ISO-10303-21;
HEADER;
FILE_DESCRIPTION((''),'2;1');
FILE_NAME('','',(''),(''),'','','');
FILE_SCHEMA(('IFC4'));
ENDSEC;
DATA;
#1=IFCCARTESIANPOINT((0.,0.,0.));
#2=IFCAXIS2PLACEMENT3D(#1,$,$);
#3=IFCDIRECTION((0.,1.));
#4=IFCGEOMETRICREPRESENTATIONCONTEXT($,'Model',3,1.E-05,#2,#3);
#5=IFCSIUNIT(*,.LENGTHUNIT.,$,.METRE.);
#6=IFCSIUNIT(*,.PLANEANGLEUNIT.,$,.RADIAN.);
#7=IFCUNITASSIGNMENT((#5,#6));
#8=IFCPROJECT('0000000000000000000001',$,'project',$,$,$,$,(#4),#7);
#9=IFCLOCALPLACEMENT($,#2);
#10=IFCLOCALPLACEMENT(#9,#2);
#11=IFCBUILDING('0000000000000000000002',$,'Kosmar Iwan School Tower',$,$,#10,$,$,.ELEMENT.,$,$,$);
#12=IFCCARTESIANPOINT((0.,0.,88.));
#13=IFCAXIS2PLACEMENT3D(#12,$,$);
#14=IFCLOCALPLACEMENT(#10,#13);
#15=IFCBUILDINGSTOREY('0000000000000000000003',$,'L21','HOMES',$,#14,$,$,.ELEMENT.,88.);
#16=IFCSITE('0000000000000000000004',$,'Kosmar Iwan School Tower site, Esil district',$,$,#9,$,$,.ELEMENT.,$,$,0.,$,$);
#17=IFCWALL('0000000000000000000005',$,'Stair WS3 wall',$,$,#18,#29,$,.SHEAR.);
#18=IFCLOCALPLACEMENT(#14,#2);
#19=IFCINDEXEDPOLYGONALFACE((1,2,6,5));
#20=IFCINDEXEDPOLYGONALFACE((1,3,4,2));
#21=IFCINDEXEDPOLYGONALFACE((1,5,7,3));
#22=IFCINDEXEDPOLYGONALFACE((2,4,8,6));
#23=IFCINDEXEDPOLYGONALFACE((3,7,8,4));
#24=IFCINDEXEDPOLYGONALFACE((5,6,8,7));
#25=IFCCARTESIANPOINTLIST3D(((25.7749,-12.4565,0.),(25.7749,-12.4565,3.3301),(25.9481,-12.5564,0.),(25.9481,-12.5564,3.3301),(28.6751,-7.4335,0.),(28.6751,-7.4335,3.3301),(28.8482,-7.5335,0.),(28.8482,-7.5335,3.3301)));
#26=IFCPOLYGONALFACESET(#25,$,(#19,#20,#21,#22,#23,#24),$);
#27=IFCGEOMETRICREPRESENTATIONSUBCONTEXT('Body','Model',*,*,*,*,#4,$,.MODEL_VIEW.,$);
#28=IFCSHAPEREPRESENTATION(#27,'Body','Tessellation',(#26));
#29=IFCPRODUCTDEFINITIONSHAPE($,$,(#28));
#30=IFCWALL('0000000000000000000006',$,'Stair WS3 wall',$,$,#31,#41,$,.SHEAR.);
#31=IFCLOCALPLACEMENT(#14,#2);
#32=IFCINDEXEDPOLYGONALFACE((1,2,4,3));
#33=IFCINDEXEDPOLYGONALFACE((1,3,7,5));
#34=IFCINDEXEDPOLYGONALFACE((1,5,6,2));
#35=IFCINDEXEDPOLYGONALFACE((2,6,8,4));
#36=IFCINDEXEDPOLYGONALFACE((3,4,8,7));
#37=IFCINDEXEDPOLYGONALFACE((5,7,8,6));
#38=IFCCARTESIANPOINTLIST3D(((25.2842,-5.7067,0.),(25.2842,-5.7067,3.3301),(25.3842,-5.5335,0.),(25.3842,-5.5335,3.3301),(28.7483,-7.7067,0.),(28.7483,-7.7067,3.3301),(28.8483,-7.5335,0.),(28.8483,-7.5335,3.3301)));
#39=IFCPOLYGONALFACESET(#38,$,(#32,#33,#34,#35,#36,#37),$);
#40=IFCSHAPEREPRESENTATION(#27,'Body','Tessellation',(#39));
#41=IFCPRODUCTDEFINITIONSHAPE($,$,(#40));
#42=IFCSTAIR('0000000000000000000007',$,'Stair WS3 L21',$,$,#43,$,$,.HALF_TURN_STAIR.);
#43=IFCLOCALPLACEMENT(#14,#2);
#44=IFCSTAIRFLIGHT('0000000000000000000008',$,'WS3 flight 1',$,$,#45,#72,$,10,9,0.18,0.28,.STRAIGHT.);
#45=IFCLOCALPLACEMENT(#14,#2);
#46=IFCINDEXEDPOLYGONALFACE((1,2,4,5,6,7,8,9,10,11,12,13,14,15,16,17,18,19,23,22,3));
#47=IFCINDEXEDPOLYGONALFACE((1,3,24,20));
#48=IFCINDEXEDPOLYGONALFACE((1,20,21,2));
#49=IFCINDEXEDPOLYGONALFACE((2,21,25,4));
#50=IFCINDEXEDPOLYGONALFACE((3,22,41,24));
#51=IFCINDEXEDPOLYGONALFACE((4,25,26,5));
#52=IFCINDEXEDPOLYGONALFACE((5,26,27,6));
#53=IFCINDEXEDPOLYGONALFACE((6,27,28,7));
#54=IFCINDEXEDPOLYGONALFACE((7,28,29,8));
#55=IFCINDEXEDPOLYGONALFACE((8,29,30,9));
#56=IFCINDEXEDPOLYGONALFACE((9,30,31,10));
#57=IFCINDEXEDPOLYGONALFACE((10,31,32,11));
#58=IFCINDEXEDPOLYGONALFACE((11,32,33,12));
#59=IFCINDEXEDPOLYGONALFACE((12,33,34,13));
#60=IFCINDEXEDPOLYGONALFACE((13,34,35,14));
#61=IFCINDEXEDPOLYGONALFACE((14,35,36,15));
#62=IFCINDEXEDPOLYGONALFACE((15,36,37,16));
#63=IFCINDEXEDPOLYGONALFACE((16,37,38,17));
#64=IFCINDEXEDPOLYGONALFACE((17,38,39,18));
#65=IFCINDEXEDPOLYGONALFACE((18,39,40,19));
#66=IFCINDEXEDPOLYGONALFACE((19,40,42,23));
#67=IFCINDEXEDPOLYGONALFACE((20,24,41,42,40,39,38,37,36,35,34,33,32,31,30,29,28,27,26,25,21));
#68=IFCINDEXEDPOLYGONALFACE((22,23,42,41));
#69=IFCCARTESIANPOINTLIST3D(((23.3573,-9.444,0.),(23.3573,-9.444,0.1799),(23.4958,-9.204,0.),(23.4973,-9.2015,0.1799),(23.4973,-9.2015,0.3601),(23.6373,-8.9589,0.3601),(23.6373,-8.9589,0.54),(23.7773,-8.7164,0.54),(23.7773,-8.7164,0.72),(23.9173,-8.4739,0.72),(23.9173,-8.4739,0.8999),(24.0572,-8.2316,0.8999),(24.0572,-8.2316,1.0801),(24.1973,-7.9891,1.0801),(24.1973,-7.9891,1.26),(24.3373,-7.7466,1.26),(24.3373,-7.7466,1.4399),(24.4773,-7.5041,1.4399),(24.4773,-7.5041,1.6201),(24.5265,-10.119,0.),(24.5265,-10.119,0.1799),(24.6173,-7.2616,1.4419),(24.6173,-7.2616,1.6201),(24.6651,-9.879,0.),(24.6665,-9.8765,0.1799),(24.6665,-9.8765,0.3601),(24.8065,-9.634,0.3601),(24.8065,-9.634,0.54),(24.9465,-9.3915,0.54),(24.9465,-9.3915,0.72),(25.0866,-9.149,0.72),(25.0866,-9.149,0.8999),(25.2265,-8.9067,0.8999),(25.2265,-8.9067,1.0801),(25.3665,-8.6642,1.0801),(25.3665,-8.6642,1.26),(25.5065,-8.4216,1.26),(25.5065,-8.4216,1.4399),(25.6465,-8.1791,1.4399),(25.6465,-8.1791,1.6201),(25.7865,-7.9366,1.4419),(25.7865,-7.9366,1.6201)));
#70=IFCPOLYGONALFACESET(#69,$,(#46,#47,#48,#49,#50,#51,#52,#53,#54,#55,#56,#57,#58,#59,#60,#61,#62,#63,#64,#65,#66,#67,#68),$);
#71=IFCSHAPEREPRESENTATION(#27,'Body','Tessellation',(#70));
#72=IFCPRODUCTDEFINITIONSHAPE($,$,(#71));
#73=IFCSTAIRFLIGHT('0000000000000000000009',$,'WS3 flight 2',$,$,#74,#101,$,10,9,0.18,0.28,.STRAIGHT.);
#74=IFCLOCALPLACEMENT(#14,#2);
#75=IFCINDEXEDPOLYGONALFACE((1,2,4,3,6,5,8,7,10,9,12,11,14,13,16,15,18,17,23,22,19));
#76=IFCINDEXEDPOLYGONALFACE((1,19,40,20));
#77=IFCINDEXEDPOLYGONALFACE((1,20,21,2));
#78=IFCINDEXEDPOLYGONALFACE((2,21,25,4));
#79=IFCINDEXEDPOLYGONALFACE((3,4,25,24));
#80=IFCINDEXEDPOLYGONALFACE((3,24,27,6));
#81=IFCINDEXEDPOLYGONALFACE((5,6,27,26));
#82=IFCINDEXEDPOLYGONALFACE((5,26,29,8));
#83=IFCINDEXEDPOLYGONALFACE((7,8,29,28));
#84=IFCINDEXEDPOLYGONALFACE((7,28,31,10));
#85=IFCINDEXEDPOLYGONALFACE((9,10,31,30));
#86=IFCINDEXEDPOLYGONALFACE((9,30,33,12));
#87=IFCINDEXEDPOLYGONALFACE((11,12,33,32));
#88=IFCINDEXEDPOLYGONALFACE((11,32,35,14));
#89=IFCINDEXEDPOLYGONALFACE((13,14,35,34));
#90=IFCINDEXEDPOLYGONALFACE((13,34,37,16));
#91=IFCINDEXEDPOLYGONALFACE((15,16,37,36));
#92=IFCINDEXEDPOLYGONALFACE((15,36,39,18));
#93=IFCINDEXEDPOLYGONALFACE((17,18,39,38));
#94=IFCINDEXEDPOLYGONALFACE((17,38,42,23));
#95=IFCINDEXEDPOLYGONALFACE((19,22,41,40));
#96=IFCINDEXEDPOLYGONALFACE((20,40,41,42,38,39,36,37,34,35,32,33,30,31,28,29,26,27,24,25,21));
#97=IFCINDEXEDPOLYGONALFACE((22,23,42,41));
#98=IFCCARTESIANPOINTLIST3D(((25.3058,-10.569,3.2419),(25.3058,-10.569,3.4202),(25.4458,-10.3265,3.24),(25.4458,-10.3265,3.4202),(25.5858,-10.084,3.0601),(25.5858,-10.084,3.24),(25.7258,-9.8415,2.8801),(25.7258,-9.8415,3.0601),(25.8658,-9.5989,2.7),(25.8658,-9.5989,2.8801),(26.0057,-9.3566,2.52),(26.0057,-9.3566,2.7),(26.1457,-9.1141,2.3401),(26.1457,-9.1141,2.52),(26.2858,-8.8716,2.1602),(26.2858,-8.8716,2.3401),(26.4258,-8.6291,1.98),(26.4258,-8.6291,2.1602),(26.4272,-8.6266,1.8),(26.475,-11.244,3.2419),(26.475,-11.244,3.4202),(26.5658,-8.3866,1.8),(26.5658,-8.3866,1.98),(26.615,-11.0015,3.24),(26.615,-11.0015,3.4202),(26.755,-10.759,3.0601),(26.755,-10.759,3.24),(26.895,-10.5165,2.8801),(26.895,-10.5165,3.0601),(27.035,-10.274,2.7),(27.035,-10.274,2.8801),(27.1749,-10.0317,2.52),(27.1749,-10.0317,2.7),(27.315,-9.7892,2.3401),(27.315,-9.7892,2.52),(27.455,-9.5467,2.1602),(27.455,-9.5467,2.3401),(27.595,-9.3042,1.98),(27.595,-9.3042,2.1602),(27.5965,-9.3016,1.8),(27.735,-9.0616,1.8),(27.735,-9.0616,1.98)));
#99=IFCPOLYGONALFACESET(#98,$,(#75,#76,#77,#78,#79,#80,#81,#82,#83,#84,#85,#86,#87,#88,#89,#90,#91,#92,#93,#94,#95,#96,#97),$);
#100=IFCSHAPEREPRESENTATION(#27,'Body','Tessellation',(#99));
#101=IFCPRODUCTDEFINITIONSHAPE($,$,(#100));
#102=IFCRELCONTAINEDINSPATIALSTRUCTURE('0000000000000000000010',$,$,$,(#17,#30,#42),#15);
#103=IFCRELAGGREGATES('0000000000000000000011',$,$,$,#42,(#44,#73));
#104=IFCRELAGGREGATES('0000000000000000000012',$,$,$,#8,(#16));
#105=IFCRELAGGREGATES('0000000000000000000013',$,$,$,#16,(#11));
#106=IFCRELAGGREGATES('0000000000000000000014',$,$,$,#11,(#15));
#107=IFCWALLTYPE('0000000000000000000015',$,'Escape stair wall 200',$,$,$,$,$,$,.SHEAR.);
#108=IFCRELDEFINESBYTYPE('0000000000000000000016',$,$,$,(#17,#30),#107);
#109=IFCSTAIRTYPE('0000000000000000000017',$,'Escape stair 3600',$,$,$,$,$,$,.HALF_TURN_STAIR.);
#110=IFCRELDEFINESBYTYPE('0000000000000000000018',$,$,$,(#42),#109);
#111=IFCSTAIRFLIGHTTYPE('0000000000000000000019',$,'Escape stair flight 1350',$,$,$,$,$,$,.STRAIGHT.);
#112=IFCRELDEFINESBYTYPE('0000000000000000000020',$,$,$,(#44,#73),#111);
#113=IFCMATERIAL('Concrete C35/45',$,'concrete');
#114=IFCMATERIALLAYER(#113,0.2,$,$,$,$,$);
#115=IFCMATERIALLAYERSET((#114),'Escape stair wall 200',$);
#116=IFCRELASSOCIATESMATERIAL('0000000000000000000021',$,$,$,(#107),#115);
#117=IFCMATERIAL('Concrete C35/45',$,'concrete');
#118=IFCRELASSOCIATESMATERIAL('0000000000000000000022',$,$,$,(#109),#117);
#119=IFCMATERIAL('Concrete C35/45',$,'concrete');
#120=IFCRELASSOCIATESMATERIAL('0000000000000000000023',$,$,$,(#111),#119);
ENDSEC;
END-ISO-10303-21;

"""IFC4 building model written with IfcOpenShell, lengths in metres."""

from ifc_helpers import new_model, si_unit, direction, frame, frame_2d, origin, place, context, subcontext, project, spatial, polyline, rectangle, outline, extrude, material, layer, layer_set, type_object, element, aggregate, save


model = new_model("IFC4")

# Units and contexts
model_context = context("Model", 3, precision=1e-05, world=origin(), true_north=direction((0.0, 1.0)))
body_context = subcontext(model_context, "Body", "Model", "MODEL_VIEW")
ifc_project = project(units=[si_unit("LENGTHUNIT", "METRE"), si_unit("PLANEANGLEUNIT", "RADIAN")], contexts=[model_context])

# Site, building, storey
site_placement = place(None, origin())
site = spatial("IfcSite", under=ifc_project, at=site_placement, Name="Kosmar Iwan School Tower site, Esil district", CompositionType="ELEMENT", RefElevation=0.0)
building_placement = place(site_placement, origin())
building = spatial("IfcBuilding", under=site, at=building_placement, Name="Kosmar Iwan School Tower", CompositionType="ELEMENT")
storey_placement = place(building_placement, frame((0.0, 0.0, 88.0)))
storey = spatial("IfcBuildingStorey", under=building, at=storey_placement, Name="L21", Description="HOMES", CompositionType="ELEMENT", Elevation=88.0)

# Walls
ifc_material_1 = material(Name="Concrete C35/45", Category="concrete")
ifc_layer_1 = layer(ifc_material_1, 0.2)
ifc_layer_set_1 = layer_set([ifc_layer_1], Name="Escape stair wall 200")
wall_type_1 = type_object("IfcWallType", Name="Escape stair wall 200", PredefinedType="SHEAR", material=ifc_layer_set_1)
for number, where, z_axis, x_axis, name in (
    (1, (25.8616, -12.5063, 0.0), (0.0, 0.0, 1.0), (0.500019, 0.866015, 0.0), "Stair WS3 wall"),
):
    element("IfcWall", number, at=place(storey_placement, frame(where, z_axis=z_axis, x_axis=x_axis)), inside=storey, type_object=wall_type_1, Name=name, PredefinedType="SHEAR", context=body_context, shape_type="SweptSolid", body=[
        extrude(rectangle(XDim=5.8, YDim=0.2, at=frame_2d((2.8999, 0.0))), origin(), (0.0, 0.0, 1.0), 3.3301),
    ])
wall_1_placement = place(storey_placement, frame((25.3342, -5.6201, 0.0), z_axis=(0.0, 0.0, 1.0), x_axis=(0.866026, -0.499999, 0.0)))
element("IfcWall", 2, at=wall_1_placement, inside=storey, type_object=wall_type_1, Name="Stair WS3 wall", PredefinedType="SHEAR", context=body_context, shape_type="SweptSolid", body=[
    extrude(rectangle(XDim=4.0, YDim=0.2, at=frame_2d((2.0, 0.0))), origin(), (0.0, 0.0, 1.0), 3.3301),
])

# Stair, stair flights
ifc_material_2 = material(Name="Concrete C35/45", Category="concrete")
stair_type = type_object("IfcStairType", Name="Escape stair 3600", PredefinedType="HALF_TURN_STAIR", material=ifc_material_2)
stair_placement = place(storey_placement, origin())
stair = element("IfcStair", 3, at=stair_placement, inside=storey, type_object=stair_type, Name="Stair WS3 L21", PredefinedType="HALF_TURN_STAIR")
ifc_material_3 = material(Name="Concrete C35/45", Category="concrete")
stair_flight_type = type_object("IfcStairFlightType", Name="Escape stair flight 1350", PredefinedType="STRAIGHT", material=ifc_material_3)
stair_flight_1_placement = place(storey_placement, frame((23.9419, -9.7815, 0.0), z_axis=(0.0, 0.0, 1.0), x_axis=(0.5, 0.866025, 0.0)))
stair_flight_1 = element("IfcStairFlight", 4, at=stair_flight_1_placement, type_object=stair_flight_type, Name="WS3 flight 1", NumberOfRisers=10, NumberOfTreads=9, PredefinedType="STRAIGHT", RiserHeight=0.18, TreadLength=0.28, context=body_context, shape_type="SweptSolid", body=[
    extrude(outline(polyline([(0.0, 0.0), (0.0, 0.1799), (0.28, 0.1799), (0.28, 0.3601), (0.5601, 0.3601), (0.5601, 0.54), (0.8401, 0.54), (0.8401, 0.72), (1.1201, 0.72), (1.1201, 0.8999), (1.3999, 0.8999), (1.3999, 1.0801), (1.6799, 1.0801), (1.6799, 1.26), (1.96, 1.26), (1.96, 1.4399), (2.24, 1.4399), (2.24, 1.6201), (2.52, 1.6201), (2.52, 1.8), (2.52, 1.4419), (0.2771, 0.0), (0.0, 0.0)])), frame((0.0, 0.675, 0.0), z_axis=(0.0, -1.0, 0.0), x_axis=(1.0, 0.0, 0.0)), (0.0, 0.0, 1.0), 1.3501),
])
stair_flight_2_placement = place(storey_placement, frame((27.1504, -8.7241, 1.8), z_axis=(0.0, 0.0, 1.0), x_axis=(-0.5, -0.866025, 0.0)))
stair_flight_2 = element("IfcStairFlight", 5, at=stair_flight_2_placement, type_object=stair_flight_type, Name="WS3 flight 2", NumberOfRisers=10, NumberOfTreads=9, PredefinedType="STRAIGHT", RiserHeight=0.18, TreadLength=0.28, context=body_context, shape_type="SweptSolid", body=[
    extrude(outline(polyline([(0.0, 0.0), (0.0, 0.1799), (0.28, 0.1799), (0.28, 0.3601), (0.5601, 0.3601), (0.5601, 0.54), (0.8401, 0.54), (0.8401, 0.72), (1.1201, 0.72), (1.1201, 0.8999), (1.3999, 0.8999), (1.3999, 1.0801), (1.6799, 1.0801), (1.6799, 1.26), (1.96, 1.26), (1.96, 1.4399), (2.24, 1.4399), (2.24, 1.6201), (2.52, 1.6201), (2.52, 1.8), (2.52, 1.4419), (0.2771, 0.0), (0.0, 0.0)])), frame((0.0, 0.675, 0.0), z_axis=(0.0, -1.0, 0.0), x_axis=(1.0, 0.0, 0.0)), (0.0, 0.0, 1.0), 1.3501),
])
aggregate(stair, [stair_flight_1, stair_flight_2])

save(model, "model.ifc")
